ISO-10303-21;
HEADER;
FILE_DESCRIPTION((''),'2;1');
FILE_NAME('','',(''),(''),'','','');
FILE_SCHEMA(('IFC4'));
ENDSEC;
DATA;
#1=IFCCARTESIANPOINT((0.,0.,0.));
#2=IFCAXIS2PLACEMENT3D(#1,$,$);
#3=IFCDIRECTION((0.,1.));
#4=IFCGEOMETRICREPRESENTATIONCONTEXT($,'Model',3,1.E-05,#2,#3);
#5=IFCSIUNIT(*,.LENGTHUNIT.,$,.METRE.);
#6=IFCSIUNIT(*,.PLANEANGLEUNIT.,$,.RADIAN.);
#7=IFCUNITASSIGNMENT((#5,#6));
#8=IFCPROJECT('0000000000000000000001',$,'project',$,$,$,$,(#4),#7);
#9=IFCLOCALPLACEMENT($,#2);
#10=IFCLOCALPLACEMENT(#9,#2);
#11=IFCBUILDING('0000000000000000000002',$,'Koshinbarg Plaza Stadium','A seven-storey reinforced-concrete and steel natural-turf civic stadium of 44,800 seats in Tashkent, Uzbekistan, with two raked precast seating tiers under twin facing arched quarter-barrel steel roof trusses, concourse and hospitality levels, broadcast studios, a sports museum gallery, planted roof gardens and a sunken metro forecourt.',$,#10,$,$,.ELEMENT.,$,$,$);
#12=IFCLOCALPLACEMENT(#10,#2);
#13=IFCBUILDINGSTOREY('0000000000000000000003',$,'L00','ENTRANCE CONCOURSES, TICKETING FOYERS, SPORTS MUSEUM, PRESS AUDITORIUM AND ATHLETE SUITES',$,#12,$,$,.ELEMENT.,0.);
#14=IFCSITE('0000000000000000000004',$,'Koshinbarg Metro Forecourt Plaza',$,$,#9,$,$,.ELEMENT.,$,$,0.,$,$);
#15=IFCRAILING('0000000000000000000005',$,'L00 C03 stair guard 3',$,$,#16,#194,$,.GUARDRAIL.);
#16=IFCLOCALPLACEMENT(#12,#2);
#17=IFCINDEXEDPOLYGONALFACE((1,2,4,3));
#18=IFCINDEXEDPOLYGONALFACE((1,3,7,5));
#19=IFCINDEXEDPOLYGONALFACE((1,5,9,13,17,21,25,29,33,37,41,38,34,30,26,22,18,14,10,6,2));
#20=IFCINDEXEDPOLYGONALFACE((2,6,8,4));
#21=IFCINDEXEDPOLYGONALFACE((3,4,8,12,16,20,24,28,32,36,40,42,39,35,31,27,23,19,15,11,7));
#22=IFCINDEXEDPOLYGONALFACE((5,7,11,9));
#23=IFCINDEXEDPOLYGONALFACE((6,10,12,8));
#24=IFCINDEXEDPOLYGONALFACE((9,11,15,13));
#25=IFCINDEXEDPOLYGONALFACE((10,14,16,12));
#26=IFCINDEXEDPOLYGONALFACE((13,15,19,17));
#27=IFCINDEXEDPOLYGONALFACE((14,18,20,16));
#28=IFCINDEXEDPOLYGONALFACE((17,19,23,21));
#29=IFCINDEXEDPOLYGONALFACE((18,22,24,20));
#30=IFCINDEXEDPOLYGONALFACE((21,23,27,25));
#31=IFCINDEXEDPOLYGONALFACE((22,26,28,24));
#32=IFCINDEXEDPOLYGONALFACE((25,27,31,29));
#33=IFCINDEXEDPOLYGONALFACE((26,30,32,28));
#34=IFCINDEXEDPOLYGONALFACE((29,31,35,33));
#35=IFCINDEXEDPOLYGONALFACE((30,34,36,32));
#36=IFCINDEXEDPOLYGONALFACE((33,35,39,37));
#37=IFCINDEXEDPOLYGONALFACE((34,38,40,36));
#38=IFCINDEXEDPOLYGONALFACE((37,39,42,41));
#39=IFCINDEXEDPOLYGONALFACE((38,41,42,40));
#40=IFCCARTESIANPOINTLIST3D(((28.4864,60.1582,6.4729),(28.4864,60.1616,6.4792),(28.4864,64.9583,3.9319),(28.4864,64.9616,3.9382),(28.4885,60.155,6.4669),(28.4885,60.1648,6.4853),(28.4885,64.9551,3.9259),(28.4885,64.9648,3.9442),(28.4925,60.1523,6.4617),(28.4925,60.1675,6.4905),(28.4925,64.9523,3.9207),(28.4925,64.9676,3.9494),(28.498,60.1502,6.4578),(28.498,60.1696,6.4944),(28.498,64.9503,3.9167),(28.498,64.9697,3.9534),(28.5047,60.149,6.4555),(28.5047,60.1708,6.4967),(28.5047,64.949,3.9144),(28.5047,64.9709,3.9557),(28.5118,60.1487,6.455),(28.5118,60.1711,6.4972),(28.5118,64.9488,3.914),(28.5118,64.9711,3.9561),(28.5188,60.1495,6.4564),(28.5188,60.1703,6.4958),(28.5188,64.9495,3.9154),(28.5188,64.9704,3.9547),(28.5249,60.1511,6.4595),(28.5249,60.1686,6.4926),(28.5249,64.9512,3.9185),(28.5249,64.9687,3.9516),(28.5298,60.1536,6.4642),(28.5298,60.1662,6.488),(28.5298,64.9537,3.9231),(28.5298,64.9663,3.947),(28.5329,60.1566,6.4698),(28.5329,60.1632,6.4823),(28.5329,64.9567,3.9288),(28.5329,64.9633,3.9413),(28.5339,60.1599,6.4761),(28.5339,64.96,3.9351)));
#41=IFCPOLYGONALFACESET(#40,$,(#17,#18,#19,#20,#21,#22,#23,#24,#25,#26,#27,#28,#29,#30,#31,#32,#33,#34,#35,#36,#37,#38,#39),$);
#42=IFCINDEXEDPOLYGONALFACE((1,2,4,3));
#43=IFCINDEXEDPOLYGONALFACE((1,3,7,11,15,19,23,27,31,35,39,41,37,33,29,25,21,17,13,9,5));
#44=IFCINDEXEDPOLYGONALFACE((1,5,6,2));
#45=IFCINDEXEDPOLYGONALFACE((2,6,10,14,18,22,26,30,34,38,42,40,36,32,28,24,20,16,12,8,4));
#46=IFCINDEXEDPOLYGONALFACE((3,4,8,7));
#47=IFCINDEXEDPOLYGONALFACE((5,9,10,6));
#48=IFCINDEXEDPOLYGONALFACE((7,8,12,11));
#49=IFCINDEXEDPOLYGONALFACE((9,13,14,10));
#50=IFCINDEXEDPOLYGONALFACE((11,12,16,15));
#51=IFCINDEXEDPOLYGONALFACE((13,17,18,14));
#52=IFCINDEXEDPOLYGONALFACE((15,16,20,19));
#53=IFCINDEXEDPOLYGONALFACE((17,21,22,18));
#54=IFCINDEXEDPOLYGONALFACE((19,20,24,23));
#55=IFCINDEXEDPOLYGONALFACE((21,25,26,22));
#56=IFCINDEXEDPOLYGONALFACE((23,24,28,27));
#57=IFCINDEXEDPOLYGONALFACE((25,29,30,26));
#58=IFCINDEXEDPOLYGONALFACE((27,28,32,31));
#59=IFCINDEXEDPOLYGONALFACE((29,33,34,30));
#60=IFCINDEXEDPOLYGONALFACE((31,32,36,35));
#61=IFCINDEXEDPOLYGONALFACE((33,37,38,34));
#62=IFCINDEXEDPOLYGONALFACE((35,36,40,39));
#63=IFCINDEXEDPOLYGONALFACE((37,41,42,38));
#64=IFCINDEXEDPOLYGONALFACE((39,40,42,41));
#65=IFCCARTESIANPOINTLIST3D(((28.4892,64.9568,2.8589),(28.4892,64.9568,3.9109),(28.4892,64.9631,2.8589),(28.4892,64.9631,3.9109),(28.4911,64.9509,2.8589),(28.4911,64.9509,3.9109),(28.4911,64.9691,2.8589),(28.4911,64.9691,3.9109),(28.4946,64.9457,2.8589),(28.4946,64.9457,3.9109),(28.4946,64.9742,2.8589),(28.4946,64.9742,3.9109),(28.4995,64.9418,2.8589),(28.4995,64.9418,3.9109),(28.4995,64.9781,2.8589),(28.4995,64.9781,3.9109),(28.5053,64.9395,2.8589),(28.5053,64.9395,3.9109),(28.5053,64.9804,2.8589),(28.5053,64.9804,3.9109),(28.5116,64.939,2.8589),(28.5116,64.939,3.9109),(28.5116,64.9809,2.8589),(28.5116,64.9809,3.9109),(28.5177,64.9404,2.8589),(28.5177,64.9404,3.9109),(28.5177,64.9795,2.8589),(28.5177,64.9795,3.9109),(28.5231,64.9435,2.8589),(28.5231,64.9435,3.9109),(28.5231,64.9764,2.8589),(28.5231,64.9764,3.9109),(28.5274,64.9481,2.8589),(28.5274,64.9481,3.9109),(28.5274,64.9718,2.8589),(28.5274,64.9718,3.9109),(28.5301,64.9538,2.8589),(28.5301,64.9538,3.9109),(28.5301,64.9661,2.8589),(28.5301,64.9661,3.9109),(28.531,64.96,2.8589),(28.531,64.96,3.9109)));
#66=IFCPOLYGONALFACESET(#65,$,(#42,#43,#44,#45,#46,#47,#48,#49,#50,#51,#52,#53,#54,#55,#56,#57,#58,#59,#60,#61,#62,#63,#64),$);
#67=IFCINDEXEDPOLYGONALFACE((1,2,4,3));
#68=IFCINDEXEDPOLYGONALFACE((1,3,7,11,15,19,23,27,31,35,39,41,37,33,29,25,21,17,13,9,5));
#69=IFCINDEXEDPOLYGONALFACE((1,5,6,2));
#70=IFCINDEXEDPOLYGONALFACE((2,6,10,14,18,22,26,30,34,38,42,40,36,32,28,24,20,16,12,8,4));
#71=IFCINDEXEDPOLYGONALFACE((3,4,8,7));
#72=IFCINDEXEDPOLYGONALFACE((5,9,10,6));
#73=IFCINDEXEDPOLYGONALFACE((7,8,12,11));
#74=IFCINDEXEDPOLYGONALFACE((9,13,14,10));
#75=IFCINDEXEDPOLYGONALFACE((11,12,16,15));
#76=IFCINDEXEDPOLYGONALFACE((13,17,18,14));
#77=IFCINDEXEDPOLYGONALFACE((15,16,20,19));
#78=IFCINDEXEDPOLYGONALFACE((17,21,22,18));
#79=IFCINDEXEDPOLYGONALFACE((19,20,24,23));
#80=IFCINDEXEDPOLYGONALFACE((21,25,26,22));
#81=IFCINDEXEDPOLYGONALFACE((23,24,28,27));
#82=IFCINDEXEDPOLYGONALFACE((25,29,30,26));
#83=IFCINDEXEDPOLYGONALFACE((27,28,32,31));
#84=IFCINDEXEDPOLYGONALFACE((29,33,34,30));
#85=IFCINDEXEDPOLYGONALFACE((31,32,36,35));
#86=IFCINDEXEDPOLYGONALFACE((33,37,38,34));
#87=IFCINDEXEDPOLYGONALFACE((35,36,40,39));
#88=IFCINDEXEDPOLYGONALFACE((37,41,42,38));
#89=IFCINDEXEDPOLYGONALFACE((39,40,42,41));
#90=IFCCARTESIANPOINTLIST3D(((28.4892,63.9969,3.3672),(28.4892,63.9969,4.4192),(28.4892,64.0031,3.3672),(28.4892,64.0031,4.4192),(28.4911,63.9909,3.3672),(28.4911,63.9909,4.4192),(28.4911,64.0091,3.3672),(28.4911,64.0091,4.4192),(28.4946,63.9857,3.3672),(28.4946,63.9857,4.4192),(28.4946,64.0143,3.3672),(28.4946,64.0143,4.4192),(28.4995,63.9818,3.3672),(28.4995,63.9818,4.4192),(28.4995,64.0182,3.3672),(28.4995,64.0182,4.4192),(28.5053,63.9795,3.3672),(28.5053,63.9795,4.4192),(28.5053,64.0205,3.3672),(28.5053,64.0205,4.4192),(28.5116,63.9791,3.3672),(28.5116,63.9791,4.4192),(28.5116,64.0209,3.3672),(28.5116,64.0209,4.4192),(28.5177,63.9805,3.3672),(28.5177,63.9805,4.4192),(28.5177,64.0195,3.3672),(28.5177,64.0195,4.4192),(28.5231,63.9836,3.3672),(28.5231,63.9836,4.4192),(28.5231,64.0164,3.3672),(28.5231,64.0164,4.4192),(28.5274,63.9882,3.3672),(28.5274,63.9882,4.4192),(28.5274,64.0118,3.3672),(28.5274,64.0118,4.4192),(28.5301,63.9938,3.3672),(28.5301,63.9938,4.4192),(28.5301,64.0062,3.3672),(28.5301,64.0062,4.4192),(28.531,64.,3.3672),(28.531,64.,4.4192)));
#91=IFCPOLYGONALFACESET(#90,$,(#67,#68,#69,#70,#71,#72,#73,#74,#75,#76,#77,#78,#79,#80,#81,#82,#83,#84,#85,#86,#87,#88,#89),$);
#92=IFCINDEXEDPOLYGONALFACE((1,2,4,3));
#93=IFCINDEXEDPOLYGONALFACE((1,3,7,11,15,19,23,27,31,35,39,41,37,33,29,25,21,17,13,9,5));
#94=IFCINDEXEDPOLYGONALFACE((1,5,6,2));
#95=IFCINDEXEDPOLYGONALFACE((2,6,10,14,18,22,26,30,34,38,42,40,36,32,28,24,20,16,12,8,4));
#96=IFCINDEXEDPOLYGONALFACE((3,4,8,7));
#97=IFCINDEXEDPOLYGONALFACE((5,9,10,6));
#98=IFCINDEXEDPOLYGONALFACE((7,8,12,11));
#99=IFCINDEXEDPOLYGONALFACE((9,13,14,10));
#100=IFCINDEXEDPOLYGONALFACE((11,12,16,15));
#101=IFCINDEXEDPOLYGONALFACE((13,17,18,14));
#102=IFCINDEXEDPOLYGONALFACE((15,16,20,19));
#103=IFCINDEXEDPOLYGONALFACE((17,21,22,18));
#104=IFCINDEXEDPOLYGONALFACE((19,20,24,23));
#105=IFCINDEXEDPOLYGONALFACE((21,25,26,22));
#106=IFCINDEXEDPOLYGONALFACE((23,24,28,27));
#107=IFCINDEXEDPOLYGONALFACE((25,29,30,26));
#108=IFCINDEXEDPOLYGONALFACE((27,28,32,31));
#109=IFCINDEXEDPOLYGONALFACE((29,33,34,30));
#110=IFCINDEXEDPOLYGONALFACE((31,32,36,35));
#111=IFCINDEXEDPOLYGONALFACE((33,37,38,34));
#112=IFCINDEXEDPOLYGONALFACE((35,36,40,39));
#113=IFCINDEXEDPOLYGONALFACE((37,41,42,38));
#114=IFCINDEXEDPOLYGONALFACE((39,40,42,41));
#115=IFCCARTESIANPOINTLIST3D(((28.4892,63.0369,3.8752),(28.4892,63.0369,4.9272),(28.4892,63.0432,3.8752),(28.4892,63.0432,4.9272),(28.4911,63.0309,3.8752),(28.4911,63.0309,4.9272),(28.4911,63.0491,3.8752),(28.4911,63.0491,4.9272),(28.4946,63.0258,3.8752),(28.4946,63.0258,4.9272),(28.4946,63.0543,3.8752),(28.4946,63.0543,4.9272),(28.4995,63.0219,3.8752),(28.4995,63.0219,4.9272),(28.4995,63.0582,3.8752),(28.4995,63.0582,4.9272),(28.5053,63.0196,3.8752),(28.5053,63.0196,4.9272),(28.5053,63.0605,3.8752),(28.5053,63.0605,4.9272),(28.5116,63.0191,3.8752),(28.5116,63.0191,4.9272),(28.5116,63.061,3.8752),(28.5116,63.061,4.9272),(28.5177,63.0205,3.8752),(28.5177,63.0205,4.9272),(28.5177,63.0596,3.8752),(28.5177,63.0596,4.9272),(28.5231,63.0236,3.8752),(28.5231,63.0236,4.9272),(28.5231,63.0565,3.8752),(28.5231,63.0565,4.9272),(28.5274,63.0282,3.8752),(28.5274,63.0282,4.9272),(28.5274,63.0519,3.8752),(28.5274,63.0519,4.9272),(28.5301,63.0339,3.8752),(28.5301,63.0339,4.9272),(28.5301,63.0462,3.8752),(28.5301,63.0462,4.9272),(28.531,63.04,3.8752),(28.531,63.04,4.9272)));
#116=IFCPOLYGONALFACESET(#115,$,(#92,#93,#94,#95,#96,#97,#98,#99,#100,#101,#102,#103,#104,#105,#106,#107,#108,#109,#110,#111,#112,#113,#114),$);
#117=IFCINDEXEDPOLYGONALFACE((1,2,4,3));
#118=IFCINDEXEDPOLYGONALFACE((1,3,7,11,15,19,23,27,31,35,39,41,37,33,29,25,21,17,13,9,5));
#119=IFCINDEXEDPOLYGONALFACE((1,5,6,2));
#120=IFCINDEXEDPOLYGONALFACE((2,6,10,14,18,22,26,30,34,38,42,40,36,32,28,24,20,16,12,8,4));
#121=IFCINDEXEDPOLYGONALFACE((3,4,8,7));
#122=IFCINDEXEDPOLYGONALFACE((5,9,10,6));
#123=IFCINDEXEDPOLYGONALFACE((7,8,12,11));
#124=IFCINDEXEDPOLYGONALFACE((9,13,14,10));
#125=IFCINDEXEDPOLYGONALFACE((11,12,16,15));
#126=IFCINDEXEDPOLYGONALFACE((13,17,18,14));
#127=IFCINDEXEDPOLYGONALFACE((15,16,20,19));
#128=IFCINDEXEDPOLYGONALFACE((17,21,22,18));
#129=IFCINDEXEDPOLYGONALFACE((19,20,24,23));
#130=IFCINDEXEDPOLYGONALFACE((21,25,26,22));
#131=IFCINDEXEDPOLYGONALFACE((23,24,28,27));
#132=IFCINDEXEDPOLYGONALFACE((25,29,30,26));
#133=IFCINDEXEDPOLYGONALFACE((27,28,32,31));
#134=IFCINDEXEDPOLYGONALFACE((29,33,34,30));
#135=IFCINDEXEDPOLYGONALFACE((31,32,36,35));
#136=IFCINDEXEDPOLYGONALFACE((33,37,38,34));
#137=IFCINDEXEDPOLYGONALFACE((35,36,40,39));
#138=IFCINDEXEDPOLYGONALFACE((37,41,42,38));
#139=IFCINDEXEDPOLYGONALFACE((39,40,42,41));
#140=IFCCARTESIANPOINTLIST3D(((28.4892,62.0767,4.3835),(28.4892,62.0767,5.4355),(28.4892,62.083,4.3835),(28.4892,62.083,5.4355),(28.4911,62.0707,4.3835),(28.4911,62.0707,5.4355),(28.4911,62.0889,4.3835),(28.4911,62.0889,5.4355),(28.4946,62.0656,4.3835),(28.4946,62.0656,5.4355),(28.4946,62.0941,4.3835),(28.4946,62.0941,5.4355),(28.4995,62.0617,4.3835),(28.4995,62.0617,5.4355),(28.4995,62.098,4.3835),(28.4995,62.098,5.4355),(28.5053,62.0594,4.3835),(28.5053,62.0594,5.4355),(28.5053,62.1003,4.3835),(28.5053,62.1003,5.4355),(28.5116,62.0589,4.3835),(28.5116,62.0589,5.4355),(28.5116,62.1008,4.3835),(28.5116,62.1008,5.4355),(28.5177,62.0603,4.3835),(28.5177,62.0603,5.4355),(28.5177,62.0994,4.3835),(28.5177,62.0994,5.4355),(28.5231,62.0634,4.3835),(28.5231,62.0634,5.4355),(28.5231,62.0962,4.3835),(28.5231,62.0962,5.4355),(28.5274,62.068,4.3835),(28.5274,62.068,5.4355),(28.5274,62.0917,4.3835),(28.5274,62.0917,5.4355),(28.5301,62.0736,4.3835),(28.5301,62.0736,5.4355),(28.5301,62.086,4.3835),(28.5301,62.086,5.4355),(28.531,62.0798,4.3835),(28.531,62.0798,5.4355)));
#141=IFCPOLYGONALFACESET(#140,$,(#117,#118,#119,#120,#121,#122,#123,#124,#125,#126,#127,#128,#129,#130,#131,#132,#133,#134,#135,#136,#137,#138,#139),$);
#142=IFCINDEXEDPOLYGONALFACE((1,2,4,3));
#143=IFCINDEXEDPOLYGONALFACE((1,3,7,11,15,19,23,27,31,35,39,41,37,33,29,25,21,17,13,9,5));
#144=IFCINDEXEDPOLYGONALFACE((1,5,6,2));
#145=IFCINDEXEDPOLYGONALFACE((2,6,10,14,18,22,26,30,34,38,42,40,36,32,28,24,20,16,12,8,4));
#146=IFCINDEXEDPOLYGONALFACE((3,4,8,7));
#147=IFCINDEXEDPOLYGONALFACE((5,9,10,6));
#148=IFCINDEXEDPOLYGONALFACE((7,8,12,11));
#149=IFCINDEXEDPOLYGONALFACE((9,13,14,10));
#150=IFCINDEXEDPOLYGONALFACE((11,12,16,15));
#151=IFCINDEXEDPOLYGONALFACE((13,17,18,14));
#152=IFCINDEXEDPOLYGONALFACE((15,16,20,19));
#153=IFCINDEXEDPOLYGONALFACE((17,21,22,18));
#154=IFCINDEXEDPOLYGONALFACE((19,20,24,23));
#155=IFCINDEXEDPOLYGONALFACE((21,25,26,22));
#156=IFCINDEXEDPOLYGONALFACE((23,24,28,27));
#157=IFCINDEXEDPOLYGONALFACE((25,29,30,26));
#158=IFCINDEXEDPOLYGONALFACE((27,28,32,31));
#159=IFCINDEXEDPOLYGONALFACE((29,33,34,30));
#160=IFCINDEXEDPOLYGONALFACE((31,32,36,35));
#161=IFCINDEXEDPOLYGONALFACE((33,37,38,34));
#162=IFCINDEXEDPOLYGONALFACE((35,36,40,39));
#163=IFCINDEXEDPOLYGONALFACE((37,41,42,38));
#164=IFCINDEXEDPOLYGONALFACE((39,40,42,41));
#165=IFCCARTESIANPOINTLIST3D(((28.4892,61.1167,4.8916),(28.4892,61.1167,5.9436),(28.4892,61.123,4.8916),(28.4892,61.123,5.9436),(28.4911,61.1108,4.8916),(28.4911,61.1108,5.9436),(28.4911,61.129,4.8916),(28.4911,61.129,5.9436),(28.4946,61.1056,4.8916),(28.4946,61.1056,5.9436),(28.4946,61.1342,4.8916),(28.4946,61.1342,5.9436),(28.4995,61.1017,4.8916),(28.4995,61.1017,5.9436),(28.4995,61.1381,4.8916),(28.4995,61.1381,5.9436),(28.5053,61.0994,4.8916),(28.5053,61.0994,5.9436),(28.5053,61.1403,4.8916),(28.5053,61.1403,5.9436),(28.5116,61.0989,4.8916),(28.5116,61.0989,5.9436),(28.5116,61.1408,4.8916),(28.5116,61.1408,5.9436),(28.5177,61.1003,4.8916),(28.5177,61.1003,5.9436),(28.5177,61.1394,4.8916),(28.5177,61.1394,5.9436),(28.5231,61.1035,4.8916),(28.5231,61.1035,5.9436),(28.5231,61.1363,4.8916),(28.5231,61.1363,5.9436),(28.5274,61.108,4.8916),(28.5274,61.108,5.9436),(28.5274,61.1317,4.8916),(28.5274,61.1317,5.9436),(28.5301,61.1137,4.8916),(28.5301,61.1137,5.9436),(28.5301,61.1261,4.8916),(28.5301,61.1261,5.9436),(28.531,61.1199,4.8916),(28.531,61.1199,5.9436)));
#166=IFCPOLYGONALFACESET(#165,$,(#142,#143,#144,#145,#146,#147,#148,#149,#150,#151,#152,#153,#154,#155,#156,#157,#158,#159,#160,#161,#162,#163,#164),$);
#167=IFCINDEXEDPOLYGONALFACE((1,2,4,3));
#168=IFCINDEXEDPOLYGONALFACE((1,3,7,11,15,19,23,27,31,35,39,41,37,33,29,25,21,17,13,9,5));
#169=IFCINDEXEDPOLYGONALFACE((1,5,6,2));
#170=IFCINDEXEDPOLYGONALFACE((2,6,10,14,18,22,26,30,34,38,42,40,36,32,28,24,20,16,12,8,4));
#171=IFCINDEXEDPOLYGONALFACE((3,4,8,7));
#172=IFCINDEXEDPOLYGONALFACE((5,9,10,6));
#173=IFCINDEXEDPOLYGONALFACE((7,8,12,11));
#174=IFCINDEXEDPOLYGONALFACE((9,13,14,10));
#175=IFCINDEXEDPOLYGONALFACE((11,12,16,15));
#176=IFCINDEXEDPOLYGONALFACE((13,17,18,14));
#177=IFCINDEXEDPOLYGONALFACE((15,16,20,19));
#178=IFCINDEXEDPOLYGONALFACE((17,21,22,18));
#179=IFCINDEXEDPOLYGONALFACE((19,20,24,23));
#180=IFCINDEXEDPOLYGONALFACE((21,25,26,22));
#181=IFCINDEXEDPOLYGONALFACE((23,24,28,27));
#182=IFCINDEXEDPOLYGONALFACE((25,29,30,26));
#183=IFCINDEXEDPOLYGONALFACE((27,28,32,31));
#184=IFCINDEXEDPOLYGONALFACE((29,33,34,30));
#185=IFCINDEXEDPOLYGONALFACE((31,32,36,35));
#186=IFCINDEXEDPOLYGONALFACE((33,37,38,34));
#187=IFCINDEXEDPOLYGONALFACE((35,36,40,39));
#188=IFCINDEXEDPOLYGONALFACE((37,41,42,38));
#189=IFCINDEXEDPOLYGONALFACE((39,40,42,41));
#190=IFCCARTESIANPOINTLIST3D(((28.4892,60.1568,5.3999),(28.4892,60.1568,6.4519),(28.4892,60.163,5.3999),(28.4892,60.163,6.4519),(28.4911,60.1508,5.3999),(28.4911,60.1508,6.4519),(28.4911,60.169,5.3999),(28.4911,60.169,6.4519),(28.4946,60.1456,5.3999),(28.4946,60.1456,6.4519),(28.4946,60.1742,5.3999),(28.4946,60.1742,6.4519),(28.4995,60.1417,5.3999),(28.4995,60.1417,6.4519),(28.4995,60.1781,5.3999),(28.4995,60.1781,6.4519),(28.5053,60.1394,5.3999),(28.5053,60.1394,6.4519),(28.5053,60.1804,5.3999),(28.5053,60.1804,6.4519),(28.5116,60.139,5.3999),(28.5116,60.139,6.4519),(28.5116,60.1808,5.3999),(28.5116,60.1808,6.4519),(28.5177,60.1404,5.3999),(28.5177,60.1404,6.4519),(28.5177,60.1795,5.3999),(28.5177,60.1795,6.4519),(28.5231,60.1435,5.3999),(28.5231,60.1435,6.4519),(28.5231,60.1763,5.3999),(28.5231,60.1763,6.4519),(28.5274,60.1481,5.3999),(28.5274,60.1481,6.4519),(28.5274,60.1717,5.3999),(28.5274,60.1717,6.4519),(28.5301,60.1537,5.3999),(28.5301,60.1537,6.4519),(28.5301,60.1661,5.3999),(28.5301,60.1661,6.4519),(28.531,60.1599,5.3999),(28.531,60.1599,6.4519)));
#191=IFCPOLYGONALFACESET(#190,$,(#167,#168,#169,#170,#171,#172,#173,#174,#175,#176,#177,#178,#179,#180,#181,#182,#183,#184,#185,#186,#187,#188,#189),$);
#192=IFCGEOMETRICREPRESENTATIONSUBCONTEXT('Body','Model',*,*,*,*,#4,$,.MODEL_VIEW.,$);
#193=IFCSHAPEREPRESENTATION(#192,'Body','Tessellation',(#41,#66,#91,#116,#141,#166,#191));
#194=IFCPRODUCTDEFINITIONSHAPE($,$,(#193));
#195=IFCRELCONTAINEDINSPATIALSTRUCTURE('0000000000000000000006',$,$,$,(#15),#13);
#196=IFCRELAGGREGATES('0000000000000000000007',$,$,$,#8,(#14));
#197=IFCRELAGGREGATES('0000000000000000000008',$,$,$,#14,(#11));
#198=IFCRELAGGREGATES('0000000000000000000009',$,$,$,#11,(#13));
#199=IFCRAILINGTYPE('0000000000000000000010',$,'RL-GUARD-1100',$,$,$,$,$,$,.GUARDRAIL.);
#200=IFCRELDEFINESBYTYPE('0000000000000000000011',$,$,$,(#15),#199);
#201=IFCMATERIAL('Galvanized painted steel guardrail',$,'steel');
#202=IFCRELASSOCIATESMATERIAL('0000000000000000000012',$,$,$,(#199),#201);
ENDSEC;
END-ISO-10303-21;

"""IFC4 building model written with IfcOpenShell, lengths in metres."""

from ifc_helpers import new_model, si_unit, direction, frame, origin, origin_2d, place, context, subcontext, project, spatial, circle, extrude, material, type_object, element, save


model = new_model("IFC4")

# Units and contexts
model_context = context("Model", 3, precision=1e-05, world=origin(), true_north=direction((0.0, 1.0)))
body_context = subcontext(model_context, "Body", "Model", "MODEL_VIEW")
ifc_project = project(units=[si_unit("LENGTHUNIT", "METRE"), si_unit("PLANEANGLEUNIT", "RADIAN")], contexts=[model_context])

# Site, building, storey
site_placement = place(None, origin())
site = spatial("IfcSite", under=ifc_project, at=site_placement, Name="Koshinbarg Metro Forecourt Plaza", CompositionType="ELEMENT", RefElevation=0.0)
building_placement = place(site_placement, origin())
building = spatial("IfcBuilding", under=site, at=building_placement, Name="Koshinbarg Plaza Stadium", Description="A seven-storey reinforced-concrete and steel natural-turf civic stadium of 44,800 seats in Tashkent, Uzbekistan, with two raked precast seating tiers under twin facing arched quarter-barrel steel roof trusses, concourse and hospitality levels, broadcast studios, a sports museum gallery, planted roof gardens and a sunken metro forecourt.", CompositionType="ELEMENT")
storey_placement = place(building_placement, origin())
storey = spatial("IfcBuildingStorey", under=building, at=storey_placement, Name="L00", Description="ENTRANCE CONCOURSES, TICKETING FOYERS, SPORTS MUSEUM, PRESS AUDITORIUM AND ATHLETE SUITES", CompositionType="ELEMENT", Elevation=0.0)

# Railing
ifc_material_1 = material(Name="Galvanized painted steel guardrail", Category="steel")
railing_type_1 = type_object("IfcRailingType", Name="RL-GUARD-1100", PredefinedType="GUARDRAIL", material=ifc_material_1)
railing_1_placement = place(storey_placement, frame((28.51, 64.96, 2.8589)))
element("IfcRailing", 1, at=railing_1_placement, inside=storey, type_object=railing_type_1, Name="L00 C03 stair guard 3", PredefinedType="GUARDRAIL", context=body_context, shape_type="SweptSolid", body=[
    extrude(circle(Radius=0.0239, at=origin_2d()), frame((0.0, 0.0, 1.0762), z_axis=(0.0, -0.883802, 0.467861), x_axis=(1.0, 0.0, 0.0)), (0.0, 0.0, 1.0), 5.4312),
    extrude(circle(Radius=0.021, at=origin_2d()), origin(), (0.0, 0.0, 1.0), 1.052),
    extrude(circle(Radius=0.021, at=origin_2d()), frame((0.0, -0.96, 0.5083)), (0.0, 0.0, 1.0), 1.052),
    extrude(circle(Radius=0.021, at=origin_2d()), frame((0.0, -1.9199, 1.0164)), (0.0, 0.0, 1.0), 1.052),
    extrude(circle(Radius=0.021, at=origin_2d()), frame((0.0, -2.8801, 1.5247)), (0.0, 0.0, 1.0), 1.052),
    extrude(circle(Radius=0.021, at=origin_2d()), frame((0.0, -3.8401, 2.0327)), (0.0, 0.0, 1.0), 1.052),
    extrude(circle(Radius=0.021, at=origin_2d()), frame((0.0, -4.8, 2.541)), (0.0, 0.0, 1.0), 1.052),
])

save(model, "model.ifc")
